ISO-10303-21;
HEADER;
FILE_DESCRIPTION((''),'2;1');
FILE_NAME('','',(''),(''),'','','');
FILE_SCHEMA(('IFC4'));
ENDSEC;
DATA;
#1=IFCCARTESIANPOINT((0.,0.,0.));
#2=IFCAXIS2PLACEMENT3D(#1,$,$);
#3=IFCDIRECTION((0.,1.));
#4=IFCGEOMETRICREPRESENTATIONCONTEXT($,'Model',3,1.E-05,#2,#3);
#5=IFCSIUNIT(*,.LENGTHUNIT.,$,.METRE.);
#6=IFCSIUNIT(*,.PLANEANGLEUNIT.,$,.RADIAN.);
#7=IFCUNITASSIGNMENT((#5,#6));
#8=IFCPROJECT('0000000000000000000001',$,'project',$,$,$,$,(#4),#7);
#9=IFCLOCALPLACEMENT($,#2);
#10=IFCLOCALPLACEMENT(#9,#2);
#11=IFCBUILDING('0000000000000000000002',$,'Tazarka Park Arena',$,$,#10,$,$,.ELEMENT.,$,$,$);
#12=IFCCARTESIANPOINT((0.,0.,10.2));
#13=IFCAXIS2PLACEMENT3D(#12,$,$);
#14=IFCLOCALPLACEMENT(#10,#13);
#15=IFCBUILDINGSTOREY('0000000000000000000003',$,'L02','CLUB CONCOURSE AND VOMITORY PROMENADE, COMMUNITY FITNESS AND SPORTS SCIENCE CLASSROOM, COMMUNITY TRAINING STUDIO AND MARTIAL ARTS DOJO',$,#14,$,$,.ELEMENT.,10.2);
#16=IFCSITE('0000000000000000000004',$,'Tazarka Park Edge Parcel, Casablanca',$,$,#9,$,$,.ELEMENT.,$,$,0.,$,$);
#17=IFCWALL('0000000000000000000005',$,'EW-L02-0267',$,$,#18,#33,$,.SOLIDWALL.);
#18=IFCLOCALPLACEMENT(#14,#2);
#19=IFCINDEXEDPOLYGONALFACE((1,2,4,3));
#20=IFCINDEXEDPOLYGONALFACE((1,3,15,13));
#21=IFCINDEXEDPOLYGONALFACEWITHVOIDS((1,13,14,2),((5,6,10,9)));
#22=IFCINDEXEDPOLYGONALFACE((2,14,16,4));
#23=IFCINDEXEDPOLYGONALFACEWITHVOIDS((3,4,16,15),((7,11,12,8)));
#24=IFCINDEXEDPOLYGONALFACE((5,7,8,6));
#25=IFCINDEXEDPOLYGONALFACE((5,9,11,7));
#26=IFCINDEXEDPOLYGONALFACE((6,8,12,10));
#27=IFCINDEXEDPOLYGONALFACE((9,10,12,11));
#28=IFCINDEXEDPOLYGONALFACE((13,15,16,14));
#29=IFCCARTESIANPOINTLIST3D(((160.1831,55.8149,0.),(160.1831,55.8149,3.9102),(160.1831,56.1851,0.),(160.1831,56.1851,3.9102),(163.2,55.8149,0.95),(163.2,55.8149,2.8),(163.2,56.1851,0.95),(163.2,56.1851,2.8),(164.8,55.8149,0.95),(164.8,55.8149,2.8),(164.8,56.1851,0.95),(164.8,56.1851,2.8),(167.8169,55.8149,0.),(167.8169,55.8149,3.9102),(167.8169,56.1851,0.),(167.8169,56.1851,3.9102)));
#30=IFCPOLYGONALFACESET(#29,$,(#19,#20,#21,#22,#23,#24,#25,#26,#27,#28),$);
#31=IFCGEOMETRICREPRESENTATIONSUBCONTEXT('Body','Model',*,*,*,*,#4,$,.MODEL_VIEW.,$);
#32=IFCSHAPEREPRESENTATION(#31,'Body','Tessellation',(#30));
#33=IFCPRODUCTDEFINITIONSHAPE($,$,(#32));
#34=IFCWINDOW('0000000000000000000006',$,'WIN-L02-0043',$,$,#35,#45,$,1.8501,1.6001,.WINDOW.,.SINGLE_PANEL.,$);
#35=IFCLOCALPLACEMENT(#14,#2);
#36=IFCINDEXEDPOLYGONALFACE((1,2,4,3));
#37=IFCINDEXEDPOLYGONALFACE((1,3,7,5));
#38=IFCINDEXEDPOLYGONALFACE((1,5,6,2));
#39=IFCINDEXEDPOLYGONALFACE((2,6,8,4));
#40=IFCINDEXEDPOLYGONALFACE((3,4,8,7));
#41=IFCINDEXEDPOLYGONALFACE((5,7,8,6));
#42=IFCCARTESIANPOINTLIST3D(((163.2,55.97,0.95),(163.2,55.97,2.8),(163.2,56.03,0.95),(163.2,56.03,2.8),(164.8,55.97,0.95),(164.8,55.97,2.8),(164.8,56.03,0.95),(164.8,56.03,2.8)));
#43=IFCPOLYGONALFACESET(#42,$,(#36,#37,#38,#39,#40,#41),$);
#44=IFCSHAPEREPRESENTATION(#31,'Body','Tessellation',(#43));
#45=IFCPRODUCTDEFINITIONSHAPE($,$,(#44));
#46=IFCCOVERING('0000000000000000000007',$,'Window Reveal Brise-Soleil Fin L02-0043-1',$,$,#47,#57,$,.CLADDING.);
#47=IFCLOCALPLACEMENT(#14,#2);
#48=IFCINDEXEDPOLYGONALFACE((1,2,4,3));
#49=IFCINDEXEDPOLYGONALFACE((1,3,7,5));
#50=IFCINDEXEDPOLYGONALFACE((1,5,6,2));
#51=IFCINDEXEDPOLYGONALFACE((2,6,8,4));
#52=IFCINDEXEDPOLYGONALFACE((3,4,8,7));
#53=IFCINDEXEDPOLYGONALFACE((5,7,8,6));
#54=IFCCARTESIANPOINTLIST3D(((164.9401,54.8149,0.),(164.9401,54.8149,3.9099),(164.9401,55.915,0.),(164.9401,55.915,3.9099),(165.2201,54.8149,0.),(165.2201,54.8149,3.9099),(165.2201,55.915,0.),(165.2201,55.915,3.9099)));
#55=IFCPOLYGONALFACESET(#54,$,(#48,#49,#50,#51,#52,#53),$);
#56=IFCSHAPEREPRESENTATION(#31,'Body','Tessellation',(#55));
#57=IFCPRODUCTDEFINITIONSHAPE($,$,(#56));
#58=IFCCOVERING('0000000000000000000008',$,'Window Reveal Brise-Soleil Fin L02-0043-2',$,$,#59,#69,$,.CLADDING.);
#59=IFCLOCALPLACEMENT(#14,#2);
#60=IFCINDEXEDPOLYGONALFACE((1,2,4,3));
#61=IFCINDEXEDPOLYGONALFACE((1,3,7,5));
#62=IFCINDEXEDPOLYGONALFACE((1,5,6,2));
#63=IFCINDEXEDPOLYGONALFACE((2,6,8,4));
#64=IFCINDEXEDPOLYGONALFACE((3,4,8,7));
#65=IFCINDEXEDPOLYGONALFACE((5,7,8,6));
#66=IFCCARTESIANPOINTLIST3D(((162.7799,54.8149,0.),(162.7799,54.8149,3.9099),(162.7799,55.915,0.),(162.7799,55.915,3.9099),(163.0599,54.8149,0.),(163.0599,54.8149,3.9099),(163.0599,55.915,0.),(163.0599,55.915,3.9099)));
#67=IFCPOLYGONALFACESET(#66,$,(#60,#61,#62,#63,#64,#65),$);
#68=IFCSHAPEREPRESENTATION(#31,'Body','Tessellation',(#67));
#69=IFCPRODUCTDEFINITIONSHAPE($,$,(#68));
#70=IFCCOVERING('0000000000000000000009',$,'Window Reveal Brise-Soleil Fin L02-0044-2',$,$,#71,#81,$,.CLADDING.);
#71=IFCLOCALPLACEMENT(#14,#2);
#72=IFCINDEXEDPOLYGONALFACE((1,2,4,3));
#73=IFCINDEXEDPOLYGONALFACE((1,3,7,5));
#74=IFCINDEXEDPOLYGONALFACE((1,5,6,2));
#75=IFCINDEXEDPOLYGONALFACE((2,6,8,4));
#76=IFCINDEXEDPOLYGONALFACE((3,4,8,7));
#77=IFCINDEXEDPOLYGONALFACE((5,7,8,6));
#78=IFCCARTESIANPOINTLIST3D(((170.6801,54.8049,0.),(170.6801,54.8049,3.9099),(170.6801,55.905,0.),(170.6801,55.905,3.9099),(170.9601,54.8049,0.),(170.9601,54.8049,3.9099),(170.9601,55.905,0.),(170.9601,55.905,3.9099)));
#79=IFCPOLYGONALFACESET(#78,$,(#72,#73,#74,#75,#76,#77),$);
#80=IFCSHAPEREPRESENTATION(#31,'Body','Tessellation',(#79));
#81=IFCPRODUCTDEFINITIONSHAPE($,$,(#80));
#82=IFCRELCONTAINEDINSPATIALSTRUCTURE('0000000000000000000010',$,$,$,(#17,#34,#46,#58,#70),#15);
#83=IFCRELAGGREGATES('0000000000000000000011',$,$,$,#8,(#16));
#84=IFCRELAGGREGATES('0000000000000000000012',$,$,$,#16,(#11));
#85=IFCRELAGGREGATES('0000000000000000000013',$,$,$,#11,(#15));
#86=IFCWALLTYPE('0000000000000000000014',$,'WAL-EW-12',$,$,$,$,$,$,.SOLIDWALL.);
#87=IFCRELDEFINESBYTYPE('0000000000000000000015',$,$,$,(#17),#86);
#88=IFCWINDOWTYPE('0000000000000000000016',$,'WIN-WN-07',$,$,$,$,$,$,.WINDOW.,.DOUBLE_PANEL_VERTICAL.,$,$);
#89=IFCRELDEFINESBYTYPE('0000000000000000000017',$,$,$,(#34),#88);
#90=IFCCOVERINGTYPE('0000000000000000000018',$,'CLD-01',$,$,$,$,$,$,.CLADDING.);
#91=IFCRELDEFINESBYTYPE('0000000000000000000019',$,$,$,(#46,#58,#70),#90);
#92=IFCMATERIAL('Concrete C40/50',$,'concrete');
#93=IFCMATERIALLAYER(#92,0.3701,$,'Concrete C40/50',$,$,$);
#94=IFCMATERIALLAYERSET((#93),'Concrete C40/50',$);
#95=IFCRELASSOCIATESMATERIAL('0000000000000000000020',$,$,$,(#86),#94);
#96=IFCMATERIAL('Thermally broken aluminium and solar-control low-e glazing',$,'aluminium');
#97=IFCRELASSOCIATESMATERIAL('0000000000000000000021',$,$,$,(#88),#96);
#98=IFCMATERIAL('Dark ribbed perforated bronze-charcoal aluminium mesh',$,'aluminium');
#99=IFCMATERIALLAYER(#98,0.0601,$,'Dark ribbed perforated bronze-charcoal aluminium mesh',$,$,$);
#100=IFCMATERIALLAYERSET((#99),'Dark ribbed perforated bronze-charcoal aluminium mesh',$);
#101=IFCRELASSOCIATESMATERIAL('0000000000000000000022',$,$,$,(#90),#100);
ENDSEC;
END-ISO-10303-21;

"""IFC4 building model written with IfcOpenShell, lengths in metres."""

from ifc_helpers import new_model, si_unit, direction, frame, frame_2d, origin, origin_2d, place, context, subcontext, project, spatial, rectangle, extrude, material, layer, layer_set, type_object, element, fill, save


model = new_model("IFC4")

# Units and contexts
model_context = context("Model", 3, precision=1e-05, world=origin(), true_north=direction((0.0, 1.0)))
body_context = subcontext(model_context, "Body", "Model", "MODEL_VIEW")
ifc_project = project(units=[si_unit("LENGTHUNIT", "METRE"), si_unit("PLANEANGLEUNIT", "RADIAN")], contexts=[model_context])

# Site, building, storey
site_placement = place(None, origin())
site = spatial("IfcSite", under=ifc_project, at=site_placement, Name="Tazarka Park Edge Parcel, Casablanca", CompositionType="ELEMENT", RefElevation=0.0)
building_placement = place(site_placement, origin())
building = spatial("IfcBuilding", under=site, at=building_placement, Name="Tazarka Park Arena", CompositionType="ELEMENT")
storey_placement = place(building_placement, frame((0.0, 0.0, 10.2)))
storey = spatial("IfcBuildingStorey", under=building, at=storey_placement, Name="L02", Description="CLUB CONCOURSE AND VOMITORY PROMENADE, COMMUNITY FITNESS AND SPORTS SCIENCE CLASSROOM, COMMUNITY TRAINING STUDIO AND MARTIAL ARTS DOJO", CompositionType="ELEMENT", Elevation=10.2)

# Wall, opening, window
ifc_material_1 = material(Name="Concrete C40/50", Category="concrete")
ifc_layer_1 = layer(ifc_material_1, 0.3701, Name="Concrete C40/50")
ifc_layer_set_1 = layer_set([ifc_layer_1], Name="Concrete C40/50")
wall_type = type_object("IfcWallType", Name="WAL-EW-12", PredefinedType="SOLIDWALL", material=ifc_layer_set_1)
wall_placement = place(storey_placement, frame((167.8169, 56.0, 0.0), z_axis=(0.0, 0.0, 1.0), x_axis=(-1.0, 0.0, 0.0)))
wall = element("IfcWall", 1, at=wall_placement, inside=storey, type_object=wall_type, Name="EW-L02-0267", PredefinedType="SOLIDWALL", context=body_context, shape_type="SweptSolid", body=[
    extrude(rectangle(XDim=7.6338, YDim=0.3701, at=frame_2d((3.8169, 0.0))), origin(), (0.0, 0.0, 1.0), 3.9102),
])
opening_placement = place(wall_placement, frame((3.0168, 0.0, 0.95)))
opening = element("IfcOpeningElement", 2, at=opening_placement, cuts=wall, PredefinedType="OPENING", context=body_context, shape_type="SweptSolid", body=[
    extrude(rectangle(XDim=1.6001, YDim=1.8501, at=frame_2d((0.8, 0.925))), frame((0.0, 0.1951, 0.0), z_axis=(0.0, -1.0, 0.0), x_axis=(1.0, 0.0, 0.0)), (0.0, 0.0, 1.0), 0.3901),
])
ifc_material_2 = material(Name="Thermally broken aluminium and solar-control low-e glazing", Category="aluminium")
window_type = type_object("IfcWindowType", Name="WIN-WN-07", PartitioningType="DOUBLE_PANEL_VERTICAL", PredefinedType="WINDOW", material=ifc_material_2)
window_placement = place(opening_placement, origin())
window = element("IfcWindow", 3, at=window_placement, inside=storey, type_object=window_type, Name="WIN-L02-0043", OverallHeight=1.8501, OverallWidth=1.6001, PartitioningType="SINGLE_PANEL", PredefinedType="WINDOW", context=body_context, shape_type="SweptSolid", body=[
    extrude(rectangle(XDim=1.6001, YDim=1.8501, at=frame_2d((0.8, 0.925))), frame((0.0, 0.03, 0.0), z_axis=(0.0, -1.0, 0.0), x_axis=(1.0, 0.0, 0.0)), (0.0, 0.0, 1.0), 0.0601),
])
fill(opening, window)

# Coverings
ifc_material_3 = material(Name="Dark ribbed perforated bronze-charcoal aluminium mesh", Category="aluminium")
ifc_layer_2 = layer(ifc_material_3, 0.0601, Name="Dark ribbed perforated bronze-charcoal aluminium mesh")
ifc_layer_set_2 = layer_set([ifc_layer_2], Name="Dark ribbed perforated bronze-charcoal aluminium mesh")
covering_type = type_object("IfcCoveringType", Name="CLD-01", PredefinedType="CLADDING", material=ifc_layer_set_2)
for number, where, z_axis, x_axis, name in (
    (4, (165.0801, 55.365, 0.0), (0.0, 0.0, 1.0), (-1.0, 0.0, 0.0), "Window Reveal Brise-Soleil Fin L02-0043-1"),
    (5, (162.9199, 55.365, 0.0), (0.0, 0.0, 1.0), (-1.0, 0.0, 0.0), "Window Reveal Brise-Soleil Fin L02-0043-2"),
    (6, (170.8201, 55.355, 0.0), (0.0, 0.0, 1.0), (-1.0, 0.0, 0.0), "Window Reveal Brise-Soleil Fin L02-0044-2"),
):
    element("IfcCovering", number, at=place(storey_placement, frame(where, z_axis=z_axis, x_axis=x_axis)), inside=storey, type_object=covering_type, Name=name, PredefinedType="CLADDING", context=body_context, shape_type="SweptSolid", body=[
        extrude(rectangle(XDim=0.28, YDim=1.1001, at=origin_2d()), origin(), (0.0, 0.0, 1.0), 3.9099),
    ])

save(model, "model.ifc")
